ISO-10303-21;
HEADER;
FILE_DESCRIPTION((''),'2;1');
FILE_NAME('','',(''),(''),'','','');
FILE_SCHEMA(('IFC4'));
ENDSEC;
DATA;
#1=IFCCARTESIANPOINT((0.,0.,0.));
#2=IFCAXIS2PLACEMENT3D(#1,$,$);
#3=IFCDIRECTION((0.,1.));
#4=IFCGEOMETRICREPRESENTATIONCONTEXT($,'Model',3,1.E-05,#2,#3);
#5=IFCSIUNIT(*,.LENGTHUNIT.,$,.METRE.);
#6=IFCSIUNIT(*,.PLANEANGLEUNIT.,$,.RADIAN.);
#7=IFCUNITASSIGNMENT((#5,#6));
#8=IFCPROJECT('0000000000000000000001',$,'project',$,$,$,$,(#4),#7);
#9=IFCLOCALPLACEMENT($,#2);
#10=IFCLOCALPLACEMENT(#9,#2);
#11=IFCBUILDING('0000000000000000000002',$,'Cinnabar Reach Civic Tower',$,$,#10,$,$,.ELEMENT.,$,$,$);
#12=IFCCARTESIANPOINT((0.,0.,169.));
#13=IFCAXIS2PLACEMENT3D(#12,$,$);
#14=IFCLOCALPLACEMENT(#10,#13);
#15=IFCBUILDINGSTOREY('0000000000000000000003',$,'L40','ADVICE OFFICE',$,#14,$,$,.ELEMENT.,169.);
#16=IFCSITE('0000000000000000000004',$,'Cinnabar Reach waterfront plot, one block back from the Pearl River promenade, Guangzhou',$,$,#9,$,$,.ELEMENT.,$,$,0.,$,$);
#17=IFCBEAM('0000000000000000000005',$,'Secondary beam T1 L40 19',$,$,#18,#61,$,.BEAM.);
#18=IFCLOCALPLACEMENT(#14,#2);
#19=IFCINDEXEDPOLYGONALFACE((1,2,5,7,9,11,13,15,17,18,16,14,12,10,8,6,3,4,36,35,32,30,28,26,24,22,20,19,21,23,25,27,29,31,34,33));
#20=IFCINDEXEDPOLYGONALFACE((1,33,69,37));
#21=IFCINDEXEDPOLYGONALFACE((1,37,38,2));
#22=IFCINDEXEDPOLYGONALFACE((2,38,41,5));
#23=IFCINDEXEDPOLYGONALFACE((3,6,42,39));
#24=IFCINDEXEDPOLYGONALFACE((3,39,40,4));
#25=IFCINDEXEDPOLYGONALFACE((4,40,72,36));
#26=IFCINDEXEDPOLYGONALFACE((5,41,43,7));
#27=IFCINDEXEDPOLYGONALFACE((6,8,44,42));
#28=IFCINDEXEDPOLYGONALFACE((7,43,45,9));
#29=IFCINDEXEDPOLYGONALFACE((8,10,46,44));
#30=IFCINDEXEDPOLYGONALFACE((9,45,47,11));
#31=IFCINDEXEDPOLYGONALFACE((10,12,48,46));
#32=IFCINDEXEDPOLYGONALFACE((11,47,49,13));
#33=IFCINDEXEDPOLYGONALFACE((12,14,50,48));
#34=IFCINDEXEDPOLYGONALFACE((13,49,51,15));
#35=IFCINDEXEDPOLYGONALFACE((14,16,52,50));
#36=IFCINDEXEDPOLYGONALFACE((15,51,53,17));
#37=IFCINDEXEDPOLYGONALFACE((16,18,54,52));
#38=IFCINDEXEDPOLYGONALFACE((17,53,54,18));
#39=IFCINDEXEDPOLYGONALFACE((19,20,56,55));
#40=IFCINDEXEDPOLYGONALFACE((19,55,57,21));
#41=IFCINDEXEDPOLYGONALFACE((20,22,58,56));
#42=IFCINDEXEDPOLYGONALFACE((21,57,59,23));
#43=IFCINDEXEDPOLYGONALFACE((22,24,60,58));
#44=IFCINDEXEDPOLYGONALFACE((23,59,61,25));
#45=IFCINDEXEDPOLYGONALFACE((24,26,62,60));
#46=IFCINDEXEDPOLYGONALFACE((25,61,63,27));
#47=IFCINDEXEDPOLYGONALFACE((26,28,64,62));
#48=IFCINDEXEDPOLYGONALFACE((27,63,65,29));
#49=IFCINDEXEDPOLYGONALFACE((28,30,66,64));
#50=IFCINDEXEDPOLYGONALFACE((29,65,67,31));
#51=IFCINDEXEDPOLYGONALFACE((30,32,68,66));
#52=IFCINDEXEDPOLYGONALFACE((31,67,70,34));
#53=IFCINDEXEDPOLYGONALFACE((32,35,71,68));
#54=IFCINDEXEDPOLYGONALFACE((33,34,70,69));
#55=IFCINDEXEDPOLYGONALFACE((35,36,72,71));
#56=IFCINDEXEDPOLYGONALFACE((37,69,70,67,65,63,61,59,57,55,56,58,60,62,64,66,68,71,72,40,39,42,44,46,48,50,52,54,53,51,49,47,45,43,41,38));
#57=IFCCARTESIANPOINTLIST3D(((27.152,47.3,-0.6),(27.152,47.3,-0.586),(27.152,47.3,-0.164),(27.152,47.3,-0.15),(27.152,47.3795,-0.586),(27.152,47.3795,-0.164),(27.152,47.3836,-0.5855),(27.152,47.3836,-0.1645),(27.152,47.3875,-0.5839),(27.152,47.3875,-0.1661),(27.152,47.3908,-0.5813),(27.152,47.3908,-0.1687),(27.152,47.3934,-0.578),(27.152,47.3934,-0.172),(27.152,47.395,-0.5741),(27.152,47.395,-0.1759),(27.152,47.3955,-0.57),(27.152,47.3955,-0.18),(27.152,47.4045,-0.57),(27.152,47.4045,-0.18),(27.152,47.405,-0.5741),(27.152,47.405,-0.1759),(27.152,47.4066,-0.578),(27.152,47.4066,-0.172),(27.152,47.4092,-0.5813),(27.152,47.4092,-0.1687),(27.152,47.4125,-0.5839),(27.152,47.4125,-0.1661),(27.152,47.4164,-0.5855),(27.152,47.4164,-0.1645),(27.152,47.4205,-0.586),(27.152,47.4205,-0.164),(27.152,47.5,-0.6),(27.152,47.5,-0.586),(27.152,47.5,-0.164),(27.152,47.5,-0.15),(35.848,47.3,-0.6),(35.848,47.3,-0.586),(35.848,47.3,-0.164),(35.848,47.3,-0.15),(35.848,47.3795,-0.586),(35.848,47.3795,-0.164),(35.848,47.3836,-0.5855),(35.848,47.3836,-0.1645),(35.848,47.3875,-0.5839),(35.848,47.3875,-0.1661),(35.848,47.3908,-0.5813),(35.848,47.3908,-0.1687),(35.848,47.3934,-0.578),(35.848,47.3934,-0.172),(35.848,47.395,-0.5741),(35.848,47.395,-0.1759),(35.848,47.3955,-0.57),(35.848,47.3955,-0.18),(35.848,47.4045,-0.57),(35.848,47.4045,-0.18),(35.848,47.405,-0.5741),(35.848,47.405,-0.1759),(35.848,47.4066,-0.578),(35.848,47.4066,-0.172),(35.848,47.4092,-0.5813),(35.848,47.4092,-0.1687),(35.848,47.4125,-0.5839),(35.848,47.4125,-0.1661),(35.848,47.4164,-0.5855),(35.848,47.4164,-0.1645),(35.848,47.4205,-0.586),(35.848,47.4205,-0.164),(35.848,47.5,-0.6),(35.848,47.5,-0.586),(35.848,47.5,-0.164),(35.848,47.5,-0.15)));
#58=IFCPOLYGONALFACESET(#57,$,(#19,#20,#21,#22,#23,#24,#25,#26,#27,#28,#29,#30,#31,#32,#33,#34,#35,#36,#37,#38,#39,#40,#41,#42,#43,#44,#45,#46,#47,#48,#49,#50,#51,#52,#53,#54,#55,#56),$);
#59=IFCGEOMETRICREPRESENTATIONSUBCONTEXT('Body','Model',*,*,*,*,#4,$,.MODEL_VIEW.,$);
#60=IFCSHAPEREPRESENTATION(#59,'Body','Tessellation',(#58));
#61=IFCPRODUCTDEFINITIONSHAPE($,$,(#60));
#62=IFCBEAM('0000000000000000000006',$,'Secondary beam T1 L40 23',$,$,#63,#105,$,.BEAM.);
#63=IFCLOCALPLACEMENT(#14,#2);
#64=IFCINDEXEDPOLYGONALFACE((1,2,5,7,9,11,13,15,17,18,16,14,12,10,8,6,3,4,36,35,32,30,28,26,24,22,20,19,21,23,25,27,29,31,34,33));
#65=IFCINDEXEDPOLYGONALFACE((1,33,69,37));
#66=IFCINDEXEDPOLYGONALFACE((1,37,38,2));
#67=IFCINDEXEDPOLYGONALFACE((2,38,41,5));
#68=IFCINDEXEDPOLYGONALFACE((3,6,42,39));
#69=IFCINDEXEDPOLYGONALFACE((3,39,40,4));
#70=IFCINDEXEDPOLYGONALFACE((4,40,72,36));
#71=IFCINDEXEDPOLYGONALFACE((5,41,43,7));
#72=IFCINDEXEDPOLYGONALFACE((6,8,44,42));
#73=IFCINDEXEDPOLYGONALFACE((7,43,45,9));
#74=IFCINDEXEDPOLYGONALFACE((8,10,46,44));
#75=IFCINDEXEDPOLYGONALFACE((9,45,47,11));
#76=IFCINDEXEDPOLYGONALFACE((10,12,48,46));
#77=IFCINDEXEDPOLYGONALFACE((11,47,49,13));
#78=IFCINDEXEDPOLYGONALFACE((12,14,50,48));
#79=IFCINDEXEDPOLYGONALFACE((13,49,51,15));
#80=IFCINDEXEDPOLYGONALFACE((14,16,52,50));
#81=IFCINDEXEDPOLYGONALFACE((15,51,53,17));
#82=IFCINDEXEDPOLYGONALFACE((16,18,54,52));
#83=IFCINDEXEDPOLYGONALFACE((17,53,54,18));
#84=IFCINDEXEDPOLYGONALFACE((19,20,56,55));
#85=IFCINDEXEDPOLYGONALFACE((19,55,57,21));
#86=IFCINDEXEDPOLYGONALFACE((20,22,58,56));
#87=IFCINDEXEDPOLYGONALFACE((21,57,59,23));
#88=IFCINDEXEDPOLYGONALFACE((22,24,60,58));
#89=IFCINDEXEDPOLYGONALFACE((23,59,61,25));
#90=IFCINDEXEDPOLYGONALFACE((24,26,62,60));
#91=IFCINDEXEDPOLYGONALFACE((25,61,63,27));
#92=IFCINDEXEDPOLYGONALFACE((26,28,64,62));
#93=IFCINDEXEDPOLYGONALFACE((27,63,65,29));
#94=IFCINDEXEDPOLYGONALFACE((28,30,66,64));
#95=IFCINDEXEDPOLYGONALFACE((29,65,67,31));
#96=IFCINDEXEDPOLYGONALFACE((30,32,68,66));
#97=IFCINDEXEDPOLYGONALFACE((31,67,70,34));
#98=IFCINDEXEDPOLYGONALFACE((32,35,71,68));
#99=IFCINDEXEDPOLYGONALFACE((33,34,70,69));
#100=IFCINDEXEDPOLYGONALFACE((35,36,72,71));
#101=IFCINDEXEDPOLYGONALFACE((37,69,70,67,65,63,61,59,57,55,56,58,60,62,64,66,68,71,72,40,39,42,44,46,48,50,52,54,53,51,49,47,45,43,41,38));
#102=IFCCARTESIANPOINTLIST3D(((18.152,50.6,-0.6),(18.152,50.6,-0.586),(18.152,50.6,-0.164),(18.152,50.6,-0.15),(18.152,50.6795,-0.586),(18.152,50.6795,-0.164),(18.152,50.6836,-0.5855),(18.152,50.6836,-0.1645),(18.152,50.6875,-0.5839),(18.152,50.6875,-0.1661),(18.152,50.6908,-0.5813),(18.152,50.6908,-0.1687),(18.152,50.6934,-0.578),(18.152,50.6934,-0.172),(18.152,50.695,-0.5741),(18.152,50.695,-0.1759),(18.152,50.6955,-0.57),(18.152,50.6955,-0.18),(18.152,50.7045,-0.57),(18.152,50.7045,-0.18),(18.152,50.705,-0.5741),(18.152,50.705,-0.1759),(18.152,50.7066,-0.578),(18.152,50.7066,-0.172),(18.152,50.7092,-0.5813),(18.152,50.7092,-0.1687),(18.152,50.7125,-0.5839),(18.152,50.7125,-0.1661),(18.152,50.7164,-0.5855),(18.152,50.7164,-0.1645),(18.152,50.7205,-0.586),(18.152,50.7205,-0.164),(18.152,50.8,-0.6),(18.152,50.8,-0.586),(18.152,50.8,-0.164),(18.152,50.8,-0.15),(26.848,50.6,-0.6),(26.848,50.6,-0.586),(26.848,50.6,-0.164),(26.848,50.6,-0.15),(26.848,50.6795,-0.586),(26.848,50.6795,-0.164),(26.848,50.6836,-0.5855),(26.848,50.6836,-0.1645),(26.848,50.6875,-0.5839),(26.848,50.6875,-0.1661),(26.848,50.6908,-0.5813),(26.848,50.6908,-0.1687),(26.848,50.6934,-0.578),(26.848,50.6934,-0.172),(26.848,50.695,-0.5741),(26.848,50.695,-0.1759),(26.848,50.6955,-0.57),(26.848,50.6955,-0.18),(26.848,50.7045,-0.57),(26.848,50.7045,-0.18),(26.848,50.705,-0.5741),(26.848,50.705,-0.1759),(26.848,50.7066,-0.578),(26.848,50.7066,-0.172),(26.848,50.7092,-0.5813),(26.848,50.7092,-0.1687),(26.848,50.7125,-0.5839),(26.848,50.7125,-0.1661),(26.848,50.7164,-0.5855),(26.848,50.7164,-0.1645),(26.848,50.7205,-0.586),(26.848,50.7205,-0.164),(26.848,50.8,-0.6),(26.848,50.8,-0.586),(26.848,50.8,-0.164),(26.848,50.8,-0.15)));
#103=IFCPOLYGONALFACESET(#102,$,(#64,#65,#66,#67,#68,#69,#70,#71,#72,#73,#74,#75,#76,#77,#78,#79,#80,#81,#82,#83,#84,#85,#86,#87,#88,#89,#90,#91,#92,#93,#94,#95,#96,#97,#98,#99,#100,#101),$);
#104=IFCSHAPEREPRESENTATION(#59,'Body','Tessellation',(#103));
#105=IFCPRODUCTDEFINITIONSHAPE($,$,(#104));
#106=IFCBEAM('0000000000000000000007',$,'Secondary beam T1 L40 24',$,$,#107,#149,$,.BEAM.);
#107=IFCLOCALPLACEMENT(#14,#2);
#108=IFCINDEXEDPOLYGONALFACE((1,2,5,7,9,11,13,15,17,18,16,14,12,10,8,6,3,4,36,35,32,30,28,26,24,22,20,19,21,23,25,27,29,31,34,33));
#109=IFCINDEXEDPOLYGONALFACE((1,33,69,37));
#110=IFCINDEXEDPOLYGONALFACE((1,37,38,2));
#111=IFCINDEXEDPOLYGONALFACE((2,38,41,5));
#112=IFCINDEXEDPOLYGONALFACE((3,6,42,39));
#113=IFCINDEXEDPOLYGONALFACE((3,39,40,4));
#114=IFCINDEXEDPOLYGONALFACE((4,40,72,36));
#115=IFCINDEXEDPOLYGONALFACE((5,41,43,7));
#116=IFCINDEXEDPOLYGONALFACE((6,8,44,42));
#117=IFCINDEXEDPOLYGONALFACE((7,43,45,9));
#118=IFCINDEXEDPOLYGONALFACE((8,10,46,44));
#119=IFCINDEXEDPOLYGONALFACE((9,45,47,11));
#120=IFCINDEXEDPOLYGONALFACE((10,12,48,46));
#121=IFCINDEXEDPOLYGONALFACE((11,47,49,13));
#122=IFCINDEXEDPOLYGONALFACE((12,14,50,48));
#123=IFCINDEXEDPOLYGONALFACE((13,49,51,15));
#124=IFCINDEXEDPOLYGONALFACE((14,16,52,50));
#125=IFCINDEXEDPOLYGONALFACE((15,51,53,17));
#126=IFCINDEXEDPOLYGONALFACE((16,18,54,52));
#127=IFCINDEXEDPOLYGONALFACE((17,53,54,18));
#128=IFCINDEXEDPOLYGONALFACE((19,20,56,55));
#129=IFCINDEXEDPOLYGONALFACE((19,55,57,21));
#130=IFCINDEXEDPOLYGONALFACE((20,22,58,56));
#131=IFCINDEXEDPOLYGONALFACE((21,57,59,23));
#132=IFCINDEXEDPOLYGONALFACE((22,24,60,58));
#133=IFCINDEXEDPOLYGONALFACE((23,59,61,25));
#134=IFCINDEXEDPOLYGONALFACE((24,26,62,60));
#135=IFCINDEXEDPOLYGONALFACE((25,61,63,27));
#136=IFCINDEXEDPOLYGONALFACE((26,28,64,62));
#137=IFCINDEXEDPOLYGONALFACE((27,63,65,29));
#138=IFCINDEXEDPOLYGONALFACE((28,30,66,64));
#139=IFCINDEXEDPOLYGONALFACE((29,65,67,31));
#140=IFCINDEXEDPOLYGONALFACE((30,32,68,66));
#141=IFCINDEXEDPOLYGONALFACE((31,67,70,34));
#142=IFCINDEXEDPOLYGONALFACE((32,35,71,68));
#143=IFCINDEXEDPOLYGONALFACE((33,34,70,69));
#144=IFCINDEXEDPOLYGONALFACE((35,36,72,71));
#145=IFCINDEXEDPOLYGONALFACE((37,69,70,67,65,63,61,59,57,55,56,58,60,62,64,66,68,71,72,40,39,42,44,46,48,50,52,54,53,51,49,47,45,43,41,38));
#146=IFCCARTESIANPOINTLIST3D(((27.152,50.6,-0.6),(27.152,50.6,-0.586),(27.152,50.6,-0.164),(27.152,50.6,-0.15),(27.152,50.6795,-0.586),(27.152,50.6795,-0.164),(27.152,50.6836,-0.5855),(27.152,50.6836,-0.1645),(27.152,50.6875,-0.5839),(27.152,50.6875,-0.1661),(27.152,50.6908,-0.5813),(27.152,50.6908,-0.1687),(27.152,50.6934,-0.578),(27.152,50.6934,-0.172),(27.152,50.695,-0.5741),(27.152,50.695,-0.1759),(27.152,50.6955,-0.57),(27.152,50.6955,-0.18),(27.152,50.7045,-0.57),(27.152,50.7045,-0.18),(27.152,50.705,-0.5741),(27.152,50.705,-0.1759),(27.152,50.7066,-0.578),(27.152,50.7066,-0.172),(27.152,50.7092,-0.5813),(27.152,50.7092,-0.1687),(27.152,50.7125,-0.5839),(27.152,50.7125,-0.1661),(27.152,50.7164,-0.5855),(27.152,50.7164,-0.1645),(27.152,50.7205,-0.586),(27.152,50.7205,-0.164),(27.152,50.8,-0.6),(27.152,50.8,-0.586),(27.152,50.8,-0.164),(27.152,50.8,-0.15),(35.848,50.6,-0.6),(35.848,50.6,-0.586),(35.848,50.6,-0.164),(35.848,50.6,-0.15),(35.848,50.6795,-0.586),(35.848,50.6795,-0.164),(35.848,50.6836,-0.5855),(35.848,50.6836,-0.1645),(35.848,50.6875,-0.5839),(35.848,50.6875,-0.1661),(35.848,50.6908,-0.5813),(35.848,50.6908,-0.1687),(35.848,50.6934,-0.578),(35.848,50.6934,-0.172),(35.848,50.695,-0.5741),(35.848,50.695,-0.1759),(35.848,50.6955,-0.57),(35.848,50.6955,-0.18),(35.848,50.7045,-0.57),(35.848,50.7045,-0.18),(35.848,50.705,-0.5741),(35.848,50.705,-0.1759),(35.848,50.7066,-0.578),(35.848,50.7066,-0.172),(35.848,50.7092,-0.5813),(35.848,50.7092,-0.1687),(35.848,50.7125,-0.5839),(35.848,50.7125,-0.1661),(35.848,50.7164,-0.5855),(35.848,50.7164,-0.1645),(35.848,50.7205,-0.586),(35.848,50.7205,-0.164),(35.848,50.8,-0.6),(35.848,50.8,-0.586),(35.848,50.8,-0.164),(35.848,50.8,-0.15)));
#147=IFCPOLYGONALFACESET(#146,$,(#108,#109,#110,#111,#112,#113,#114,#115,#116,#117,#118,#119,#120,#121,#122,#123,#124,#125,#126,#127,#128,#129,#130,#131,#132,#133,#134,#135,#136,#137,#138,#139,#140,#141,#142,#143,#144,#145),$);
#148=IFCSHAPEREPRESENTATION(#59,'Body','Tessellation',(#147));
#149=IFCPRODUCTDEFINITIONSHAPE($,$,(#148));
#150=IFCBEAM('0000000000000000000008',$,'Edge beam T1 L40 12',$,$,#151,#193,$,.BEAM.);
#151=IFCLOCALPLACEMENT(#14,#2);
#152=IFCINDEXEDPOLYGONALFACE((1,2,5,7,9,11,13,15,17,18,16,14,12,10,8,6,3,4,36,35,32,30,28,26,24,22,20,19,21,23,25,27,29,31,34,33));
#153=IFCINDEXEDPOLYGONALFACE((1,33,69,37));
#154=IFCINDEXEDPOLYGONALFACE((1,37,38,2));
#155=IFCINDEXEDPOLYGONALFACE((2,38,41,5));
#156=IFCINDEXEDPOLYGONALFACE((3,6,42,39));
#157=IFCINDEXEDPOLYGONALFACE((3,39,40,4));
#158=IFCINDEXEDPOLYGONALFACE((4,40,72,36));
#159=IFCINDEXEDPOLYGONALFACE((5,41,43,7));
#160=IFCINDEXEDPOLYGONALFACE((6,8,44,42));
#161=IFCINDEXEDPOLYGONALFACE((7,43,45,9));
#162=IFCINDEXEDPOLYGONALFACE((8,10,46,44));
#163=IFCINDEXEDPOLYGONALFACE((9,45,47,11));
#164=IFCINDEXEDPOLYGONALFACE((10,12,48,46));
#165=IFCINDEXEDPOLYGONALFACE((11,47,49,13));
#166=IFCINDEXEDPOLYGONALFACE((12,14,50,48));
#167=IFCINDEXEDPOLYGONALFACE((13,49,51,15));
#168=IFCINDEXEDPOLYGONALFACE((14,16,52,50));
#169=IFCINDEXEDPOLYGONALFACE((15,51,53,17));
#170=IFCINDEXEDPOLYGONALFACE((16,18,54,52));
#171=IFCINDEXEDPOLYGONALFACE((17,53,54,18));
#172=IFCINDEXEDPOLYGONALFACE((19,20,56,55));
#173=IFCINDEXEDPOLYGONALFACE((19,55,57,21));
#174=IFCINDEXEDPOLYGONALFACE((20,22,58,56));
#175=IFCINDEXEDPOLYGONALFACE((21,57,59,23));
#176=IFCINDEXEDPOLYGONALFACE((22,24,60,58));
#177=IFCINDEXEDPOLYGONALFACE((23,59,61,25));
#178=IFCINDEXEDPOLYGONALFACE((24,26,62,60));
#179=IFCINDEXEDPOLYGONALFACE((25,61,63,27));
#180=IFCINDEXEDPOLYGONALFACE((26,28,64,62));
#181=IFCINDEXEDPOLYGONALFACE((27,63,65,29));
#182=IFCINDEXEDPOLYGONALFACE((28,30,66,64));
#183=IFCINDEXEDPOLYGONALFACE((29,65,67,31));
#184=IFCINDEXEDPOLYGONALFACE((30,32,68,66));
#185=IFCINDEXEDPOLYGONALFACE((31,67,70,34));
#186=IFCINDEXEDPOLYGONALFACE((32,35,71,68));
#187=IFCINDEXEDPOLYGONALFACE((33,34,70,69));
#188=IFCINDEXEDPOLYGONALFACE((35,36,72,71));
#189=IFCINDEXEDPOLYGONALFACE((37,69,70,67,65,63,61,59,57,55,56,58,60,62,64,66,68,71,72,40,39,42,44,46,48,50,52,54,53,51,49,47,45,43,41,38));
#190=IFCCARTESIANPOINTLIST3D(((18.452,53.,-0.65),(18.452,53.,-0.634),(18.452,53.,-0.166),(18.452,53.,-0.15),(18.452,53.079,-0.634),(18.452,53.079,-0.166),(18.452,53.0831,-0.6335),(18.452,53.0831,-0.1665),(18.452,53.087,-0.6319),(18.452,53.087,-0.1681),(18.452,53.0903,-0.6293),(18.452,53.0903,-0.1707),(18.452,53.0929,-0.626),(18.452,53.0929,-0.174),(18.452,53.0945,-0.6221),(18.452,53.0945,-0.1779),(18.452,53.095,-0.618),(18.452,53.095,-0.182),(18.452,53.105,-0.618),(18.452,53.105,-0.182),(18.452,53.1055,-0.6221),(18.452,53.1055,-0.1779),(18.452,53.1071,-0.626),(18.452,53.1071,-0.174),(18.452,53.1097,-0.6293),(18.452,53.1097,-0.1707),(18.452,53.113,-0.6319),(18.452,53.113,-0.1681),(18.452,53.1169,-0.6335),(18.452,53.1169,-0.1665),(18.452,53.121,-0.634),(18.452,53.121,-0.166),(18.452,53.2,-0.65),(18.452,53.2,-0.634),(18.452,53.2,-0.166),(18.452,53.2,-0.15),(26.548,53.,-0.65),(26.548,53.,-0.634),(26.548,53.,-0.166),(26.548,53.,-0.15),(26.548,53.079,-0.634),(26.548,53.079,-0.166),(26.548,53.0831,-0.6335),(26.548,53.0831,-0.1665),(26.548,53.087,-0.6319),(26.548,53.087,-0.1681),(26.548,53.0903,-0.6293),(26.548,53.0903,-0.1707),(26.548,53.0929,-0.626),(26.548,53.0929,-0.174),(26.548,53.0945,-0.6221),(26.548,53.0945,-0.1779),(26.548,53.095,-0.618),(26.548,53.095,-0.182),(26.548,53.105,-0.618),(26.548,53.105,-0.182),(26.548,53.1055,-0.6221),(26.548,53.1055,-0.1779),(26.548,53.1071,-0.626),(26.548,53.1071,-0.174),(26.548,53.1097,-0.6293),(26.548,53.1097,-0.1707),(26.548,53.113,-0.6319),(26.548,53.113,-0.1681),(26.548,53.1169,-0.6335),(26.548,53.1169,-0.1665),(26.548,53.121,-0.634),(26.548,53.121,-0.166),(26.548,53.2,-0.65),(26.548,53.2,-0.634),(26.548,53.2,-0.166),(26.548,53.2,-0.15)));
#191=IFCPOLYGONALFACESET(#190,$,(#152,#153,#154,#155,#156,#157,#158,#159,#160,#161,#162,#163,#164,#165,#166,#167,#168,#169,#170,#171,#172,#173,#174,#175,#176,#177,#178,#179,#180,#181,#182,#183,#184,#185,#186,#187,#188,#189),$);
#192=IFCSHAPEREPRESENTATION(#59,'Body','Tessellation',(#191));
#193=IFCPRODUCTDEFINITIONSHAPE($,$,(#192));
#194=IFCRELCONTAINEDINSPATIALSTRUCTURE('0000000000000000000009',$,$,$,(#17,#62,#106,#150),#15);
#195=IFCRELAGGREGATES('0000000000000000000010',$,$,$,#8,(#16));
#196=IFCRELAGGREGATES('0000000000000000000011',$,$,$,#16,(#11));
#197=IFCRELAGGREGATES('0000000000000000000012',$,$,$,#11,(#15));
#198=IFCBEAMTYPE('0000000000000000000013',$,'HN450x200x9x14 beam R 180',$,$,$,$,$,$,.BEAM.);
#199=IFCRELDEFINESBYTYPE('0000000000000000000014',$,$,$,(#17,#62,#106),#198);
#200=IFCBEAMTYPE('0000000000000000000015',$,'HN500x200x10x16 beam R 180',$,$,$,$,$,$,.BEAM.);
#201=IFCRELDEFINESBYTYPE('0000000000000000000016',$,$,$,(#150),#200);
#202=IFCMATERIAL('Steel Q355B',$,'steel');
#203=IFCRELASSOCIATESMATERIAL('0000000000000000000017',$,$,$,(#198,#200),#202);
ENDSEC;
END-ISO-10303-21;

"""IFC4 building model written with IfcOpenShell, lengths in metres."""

from ifc_helpers import new_model, si_unit, direction, frame, origin, origin_2d, place, context, subcontext, project, spatial, i_section, extrude, material, material_profile, profile_set, type_object, element, save


model = new_model("IFC4")

# Units and contexts
model_context = context("Model", 3, precision=1e-05, world=origin(), true_north=direction((0.0, 1.0)))
body_context = subcontext(model_context, "Body", "Model", "MODEL_VIEW")
ifc_project = project(units=[si_unit("LENGTHUNIT", "METRE"), si_unit("PLANEANGLEUNIT", "RADIAN")], contexts=[model_context])

# Site, building, storey
site_placement = place(None, origin())
site = spatial("IfcSite", under=ifc_project, at=site_placement, Name="Cinnabar Reach waterfront plot, one block back from the Pearl River promenade, Guangzhou", CompositionType="ELEMENT", RefElevation=0.0)
building_placement = place(site_placement, origin())
building = spatial("IfcBuilding", under=site, at=building_placement, Name="Cinnabar Reach Civic Tower", CompositionType="ELEMENT")
storey_placement = place(building_placement, frame((0.0, 0.0, 169.0)))
storey = spatial("IfcBuildingStorey", under=building, at=storey_placement, Name="L40", Description="ADVICE OFFICE", CompositionType="ELEMENT", Elevation=169.0)

# Beams
ifc_material_1 = material(Name="Steel Q355B", Category="steel")
ifc_material_profile_1 = material_profile(ifc_material_1, i_section(OverallWidth=0.2, OverallDepth=0.45, WebThickness=0.009, FlangeThickness=0.014, FilletRadius=0.016, at=origin_2d()), Name="HN450x200x9x14")
ifc_profile_set_1 = profile_set([ifc_material_profile_1], Name="Steel Q355B")
beam_type_1 = type_object("IfcBeamType", Name="HN450x200x9x14 beam R 180", PredefinedType="BEAM", material=ifc_profile_set_1)
for number, where, z_axis, x_axis, name in (
    (1, (27.152, 47.4, -0.375), (1.0, 0.0, 0.0), (0.0, 1.0, 0.0), "Secondary beam T1 L40 19"),
    (2, (18.152, 50.7, -0.375), (1.0, 0.0, 0.0), (0.0, 1.0, 0.0), "Secondary beam T1 L40 23"),
    (3, (27.152, 50.7, -0.375), (1.0, 0.0, 0.0), (0.0, 1.0, 0.0), "Secondary beam T1 L40 24"),
):
    element("IfcBeam", number, at=place(storey_placement, frame(where, z_axis=z_axis, x_axis=x_axis)), inside=storey, type_object=beam_type_1, Name=name, PredefinedType="BEAM", context=body_context, shape_type="SweptSolid", body=[
        extrude(i_section(OverallWidth=0.2, OverallDepth=0.45, WebThickness=0.009, FlangeThickness=0.014, FilletRadius=0.016, at=origin_2d()), origin(), (0.0, 0.0, 1.0), 8.696),
    ])
ifc_material_profile_2 = material_profile(ifc_material_1, i_section(OverallWidth=0.2, OverallDepth=0.5, WebThickness=0.01, FlangeThickness=0.016, FilletRadius=0.016, at=origin_2d()), Name="HN500x200x10x16")
ifc_profile_set_2 = profile_set([ifc_material_profile_2], Name="Steel Q355B")
beam_type_2 = type_object("IfcBeamType", Name="HN500x200x10x16 beam R 180", PredefinedType="BEAM", material=ifc_profile_set_2)
beam_1_placement = place(storey_placement, frame((26.548, 53.1, -0.4), z_axis=(-1.0, 0.0, 0.0), x_axis=(0.0, -1.0, 0.0)))
element("IfcBeam", 4, at=beam_1_placement, inside=storey, type_object=beam_type_2, Name="Edge beam T1 L40 12", PredefinedType="BEAM", context=body_context, shape_type="SweptSolid", body=[
    extrude(i_section(OverallWidth=0.2, OverallDepth=0.5, WebThickness=0.01, FlangeThickness=0.016, FilletRadius=0.016, at=origin_2d()), origin(), (0.0, 0.0, 1.0), 8.096),
])

save(model, "model.ifc")
